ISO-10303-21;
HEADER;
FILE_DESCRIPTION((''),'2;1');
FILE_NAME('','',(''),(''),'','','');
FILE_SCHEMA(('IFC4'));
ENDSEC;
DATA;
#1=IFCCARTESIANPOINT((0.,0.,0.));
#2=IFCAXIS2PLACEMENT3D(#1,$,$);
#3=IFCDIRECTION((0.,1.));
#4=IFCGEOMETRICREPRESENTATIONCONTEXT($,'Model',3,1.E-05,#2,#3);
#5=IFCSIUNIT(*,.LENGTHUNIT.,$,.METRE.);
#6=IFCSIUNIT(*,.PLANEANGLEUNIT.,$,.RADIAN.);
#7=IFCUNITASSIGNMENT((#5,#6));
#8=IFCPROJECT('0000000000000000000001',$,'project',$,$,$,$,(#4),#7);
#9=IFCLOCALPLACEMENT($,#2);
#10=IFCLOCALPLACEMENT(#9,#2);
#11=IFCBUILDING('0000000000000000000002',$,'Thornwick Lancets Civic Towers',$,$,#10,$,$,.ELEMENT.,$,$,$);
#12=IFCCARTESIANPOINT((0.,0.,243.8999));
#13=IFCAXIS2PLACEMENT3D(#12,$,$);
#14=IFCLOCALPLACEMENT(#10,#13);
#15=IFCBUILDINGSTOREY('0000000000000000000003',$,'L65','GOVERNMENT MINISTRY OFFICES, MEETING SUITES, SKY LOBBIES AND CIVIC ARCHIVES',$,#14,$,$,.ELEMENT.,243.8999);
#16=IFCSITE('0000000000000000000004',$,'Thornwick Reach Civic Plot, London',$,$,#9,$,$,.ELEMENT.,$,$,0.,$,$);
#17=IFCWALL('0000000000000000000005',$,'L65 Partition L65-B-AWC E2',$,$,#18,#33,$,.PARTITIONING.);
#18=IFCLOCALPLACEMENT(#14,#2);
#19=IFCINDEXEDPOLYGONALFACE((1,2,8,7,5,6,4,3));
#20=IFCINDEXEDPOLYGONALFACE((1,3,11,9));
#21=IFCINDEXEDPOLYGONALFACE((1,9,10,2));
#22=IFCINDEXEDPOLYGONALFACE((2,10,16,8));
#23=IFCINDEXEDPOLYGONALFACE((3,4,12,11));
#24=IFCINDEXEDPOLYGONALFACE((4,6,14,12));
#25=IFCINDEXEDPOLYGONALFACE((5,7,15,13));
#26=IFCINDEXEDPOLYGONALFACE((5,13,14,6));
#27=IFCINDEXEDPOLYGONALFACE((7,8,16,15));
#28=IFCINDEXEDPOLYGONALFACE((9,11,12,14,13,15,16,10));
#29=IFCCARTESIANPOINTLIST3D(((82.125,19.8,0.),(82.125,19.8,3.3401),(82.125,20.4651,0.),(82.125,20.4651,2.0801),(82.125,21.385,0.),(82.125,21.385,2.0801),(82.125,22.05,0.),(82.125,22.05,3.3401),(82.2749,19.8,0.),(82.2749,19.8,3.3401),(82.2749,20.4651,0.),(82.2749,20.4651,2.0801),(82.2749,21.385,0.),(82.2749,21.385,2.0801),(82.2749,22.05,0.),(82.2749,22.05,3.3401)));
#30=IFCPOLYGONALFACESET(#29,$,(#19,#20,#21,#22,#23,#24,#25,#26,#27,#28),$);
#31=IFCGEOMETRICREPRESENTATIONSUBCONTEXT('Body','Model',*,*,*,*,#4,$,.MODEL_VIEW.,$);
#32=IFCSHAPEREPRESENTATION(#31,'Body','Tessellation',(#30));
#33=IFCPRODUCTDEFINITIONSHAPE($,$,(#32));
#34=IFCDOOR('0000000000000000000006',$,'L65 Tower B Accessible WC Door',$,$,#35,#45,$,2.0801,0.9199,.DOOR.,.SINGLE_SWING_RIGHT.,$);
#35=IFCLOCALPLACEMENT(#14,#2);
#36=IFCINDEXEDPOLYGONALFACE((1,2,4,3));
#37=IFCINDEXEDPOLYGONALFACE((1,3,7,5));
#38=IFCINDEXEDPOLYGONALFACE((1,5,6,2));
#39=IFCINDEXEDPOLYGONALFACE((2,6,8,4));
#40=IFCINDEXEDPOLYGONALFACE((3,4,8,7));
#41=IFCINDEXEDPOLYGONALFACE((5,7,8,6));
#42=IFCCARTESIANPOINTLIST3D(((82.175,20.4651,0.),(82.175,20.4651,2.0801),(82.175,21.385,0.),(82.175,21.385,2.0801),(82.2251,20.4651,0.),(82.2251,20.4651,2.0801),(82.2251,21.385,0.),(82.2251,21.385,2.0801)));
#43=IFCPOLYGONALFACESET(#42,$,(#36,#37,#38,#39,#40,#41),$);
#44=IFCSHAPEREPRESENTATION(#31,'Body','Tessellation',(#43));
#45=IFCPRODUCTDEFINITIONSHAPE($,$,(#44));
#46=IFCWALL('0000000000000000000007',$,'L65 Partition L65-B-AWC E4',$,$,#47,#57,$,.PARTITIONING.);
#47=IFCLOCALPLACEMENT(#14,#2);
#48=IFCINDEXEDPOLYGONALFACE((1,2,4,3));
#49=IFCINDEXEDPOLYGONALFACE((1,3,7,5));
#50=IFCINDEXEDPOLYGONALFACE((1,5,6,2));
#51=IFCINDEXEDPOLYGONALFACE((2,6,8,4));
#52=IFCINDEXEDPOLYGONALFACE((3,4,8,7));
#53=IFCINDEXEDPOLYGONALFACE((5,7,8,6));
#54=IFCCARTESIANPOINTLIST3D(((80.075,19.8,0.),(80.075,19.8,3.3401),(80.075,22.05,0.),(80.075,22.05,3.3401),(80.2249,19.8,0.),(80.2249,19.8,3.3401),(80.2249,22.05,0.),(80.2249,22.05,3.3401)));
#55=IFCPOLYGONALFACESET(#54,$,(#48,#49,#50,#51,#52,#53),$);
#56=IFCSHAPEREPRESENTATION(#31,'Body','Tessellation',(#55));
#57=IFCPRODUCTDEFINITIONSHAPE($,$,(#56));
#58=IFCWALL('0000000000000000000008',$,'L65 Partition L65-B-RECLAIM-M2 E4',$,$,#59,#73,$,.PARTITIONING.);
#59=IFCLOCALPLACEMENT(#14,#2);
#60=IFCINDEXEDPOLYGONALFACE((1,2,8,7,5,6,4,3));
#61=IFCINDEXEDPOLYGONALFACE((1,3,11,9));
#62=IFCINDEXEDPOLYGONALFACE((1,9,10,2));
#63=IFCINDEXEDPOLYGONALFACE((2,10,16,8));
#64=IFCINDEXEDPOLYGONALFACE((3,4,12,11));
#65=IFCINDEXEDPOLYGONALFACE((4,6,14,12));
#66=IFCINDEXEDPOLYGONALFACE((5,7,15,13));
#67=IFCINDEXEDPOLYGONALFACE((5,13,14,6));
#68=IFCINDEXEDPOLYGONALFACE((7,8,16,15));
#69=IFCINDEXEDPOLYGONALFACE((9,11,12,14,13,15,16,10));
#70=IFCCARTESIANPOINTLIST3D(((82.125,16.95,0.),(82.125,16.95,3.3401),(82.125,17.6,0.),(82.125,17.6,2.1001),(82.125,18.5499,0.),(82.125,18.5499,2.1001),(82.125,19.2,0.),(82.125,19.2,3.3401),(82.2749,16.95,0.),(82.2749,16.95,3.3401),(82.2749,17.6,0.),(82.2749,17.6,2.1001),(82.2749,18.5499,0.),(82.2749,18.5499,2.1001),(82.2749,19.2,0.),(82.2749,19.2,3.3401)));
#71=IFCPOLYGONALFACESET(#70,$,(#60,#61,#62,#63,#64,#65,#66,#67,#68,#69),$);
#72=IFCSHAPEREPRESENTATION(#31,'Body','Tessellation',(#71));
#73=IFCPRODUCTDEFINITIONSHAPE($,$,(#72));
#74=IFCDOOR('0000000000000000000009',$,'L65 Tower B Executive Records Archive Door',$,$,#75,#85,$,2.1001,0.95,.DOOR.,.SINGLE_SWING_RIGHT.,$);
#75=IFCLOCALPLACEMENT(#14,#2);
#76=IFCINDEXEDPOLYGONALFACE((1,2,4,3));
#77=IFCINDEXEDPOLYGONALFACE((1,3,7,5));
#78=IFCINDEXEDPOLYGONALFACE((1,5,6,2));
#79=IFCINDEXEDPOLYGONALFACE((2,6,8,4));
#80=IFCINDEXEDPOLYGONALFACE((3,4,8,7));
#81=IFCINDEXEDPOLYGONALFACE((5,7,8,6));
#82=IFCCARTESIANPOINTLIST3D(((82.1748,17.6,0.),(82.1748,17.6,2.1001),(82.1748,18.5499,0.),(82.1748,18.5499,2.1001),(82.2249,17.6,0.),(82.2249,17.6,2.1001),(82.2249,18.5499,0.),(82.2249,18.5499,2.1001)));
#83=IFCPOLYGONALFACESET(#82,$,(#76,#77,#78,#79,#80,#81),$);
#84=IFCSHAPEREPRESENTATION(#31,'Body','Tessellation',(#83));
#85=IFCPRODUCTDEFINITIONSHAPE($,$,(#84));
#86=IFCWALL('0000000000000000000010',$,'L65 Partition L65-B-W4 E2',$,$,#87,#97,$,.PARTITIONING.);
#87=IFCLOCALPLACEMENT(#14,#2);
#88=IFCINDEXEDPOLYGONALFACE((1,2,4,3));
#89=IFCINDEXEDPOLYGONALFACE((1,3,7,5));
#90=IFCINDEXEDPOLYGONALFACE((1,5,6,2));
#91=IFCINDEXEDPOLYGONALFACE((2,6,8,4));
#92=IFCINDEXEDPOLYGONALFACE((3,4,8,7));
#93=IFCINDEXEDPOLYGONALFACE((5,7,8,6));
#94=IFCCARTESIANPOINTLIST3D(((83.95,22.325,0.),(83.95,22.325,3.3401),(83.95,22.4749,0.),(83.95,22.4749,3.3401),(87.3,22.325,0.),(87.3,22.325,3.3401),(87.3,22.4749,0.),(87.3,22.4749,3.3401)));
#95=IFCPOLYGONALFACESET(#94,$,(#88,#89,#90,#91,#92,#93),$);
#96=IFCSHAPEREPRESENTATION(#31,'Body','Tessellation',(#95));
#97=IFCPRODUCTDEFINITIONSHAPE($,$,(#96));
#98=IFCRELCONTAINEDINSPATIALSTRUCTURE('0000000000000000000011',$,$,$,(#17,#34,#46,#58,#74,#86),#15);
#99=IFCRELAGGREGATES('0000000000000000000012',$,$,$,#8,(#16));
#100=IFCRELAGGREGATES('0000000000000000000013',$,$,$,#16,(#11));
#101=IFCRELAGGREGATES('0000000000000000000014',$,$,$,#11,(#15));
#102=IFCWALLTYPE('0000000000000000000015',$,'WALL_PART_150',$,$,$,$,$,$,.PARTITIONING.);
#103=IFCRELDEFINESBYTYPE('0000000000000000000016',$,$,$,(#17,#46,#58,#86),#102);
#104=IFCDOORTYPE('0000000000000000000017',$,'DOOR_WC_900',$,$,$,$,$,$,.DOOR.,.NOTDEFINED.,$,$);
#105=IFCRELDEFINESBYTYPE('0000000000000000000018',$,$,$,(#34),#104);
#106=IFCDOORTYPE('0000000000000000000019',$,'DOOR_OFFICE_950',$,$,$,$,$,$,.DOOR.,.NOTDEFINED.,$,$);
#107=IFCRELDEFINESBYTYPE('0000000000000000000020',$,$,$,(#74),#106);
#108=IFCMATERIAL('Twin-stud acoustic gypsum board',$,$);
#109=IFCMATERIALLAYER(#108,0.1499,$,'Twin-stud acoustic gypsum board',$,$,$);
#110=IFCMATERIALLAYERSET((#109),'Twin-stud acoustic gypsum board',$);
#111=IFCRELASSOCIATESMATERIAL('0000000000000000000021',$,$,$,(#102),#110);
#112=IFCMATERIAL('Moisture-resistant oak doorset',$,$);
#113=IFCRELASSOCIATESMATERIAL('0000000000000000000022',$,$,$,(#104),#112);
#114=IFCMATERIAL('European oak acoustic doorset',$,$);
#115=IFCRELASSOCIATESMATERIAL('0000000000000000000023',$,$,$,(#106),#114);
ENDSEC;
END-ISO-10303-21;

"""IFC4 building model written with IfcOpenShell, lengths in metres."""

from ifc_helpers import new_model, si_unit, direction, frame, frame_2d, origin, place, context, subcontext, project, spatial, rectangle, extrude, material, layer, layer_set, type_object, element, fill, save


model = new_model("IFC4")

# Units and contexts
model_context = context("Model", 3, precision=1e-05, world=origin(), true_north=direction((0.0, 1.0)))
body_context = subcontext(model_context, "Body", "Model", "MODEL_VIEW")
ifc_project = project(units=[si_unit("LENGTHUNIT", "METRE"), si_unit("PLANEANGLEUNIT", "RADIAN")], contexts=[model_context])

# Site, building, storey
site_placement = place(None, origin())
site = spatial("IfcSite", under=ifc_project, at=site_placement, Name="Thornwick Reach Civic Plot, London", CompositionType="ELEMENT", RefElevation=0.0)
building_placement = place(site_placement, origin())
building = spatial("IfcBuilding", under=site, at=building_placement, Name="Thornwick Lancets Civic Towers", CompositionType="ELEMENT")
storey_placement = place(building_placement, frame((0.0, 0.0, 243.8999)))
storey = spatial("IfcBuildingStorey", under=building, at=storey_placement, Name="L65", Description="GOVERNMENT MINISTRY OFFICES, MEETING SUITES, SKY LOBBIES AND CIVIC ARCHIVES", CompositionType="ELEMENT", Elevation=243.8999)

# Wall, opening, door
ifc_material_1 = material(Name="Twin-stud acoustic gypsum board")
ifc_layer_1 = layer(ifc_material_1, 0.1499, Name="Twin-stud acoustic gypsum board")
ifc_layer_set_1 = layer_set([ifc_layer_1], Name="Twin-stud acoustic gypsum board")
wall_type_1 = type_object("IfcWallType", Name="WALL_PART_150", PredefinedType="PARTITIONING", material=ifc_layer_set_1)
wall_1_placement = place(storey_placement, frame((82.2, 19.8, 0.0), z_axis=(0.0, 0.0, 1.0), x_axis=(0.0, 1.0, 0.0)))
wall_1 = element("IfcWall", 1, at=wall_1_placement, inside=storey, type_object=wall_type_1, Name="L65 Partition L65-B-AWC E2", PredefinedType="PARTITIONING", context=body_context, shape_type="SweptSolid", body=[
    extrude(rectangle(XDim=2.25, YDim=0.1499, at=frame_2d((1.125, 0.0))), origin(), (0.0, 0.0, 1.0), 3.3401),
])
opening_1_placement = place(wall_1_placement, frame((0.665, 0.0, 0.0)))
opening_1 = element("IfcOpeningElement", 2, at=opening_1_placement, cuts=wall_1, PredefinedType="OPENING", context=body_context, shape_type="SweptSolid", body=[
    extrude(rectangle(XDim=0.9199, YDim=2.0801, at=frame_2d((0.46, 1.04))), frame((0.0, 0.085, 0.0), z_axis=(0.0, -1.0, 0.0), x_axis=(1.0, 0.0, 0.0)), (0.0, 0.0, 1.0), 0.1699),
])
ifc_material_2 = material(Name="Moisture-resistant oak doorset")
door_type_1 = type_object("IfcDoorType", Name="DOOR_WC_900", OperationType="NOTDEFINED", PredefinedType="DOOR", material=ifc_material_2)
door_1_placement = place(opening_1_placement, origin())
door_1 = element("IfcDoor", 3, at=door_1_placement, inside=storey, type_object=door_type_1, Name="L65 Tower B Accessible WC Door", OperationType="SINGLE_SWING_RIGHT", OverallHeight=2.0801, OverallWidth=0.9199, PredefinedType="DOOR", context=body_context, shape_type="SweptSolid", body=[
    extrude(rectangle(XDim=0.9199, YDim=2.0801, at=frame_2d((0.46, 1.04))), frame((0.0, 0.0249, 0.0), z_axis=(0.0, -1.0, 0.0), x_axis=(1.0, 0.0, 0.0)), (0.0, 0.0, 1.0), 0.05),
])
fill(opening_1, door_1)

# Wall
wall_2_placement = place(storey_placement, frame((80.1499, 22.05, 0.0), z_axis=(0.0, 0.0, 1.0), x_axis=(0.0, -1.0, 0.0)))
element("IfcWall", 4, at=wall_2_placement, inside=storey, type_object=wall_type_1, Name="L65 Partition L65-B-AWC E4", PredefinedType="PARTITIONING", context=body_context, shape_type="SweptSolid", body=[
    extrude(rectangle(XDim=2.25, YDim=0.1499, at=frame_2d((1.125, 0.0))), origin(), (0.0, 0.0, 1.0), 3.3401),
])

# Wall, opening, door
wall_3_placement = place(storey_placement, frame((82.2, 19.2, 0.0), z_axis=(0.0, 0.0, 1.0), x_axis=(0.0, -1.0, 0.0)))
wall_3 = element("IfcWall", 5, at=wall_3_placement, inside=storey, type_object=wall_type_1, Name="L65 Partition L65-B-RECLAIM-M2 E4", PredefinedType="PARTITIONING", context=body_context, shape_type="SweptSolid", body=[
    extrude(rectangle(XDim=2.25, YDim=0.1499, at=frame_2d((1.125, 0.0))), origin(), (0.0, 0.0, 1.0), 3.3401),
])
opening_2_placement = place(wall_3_placement, frame((0.6499, 0.0, 0.0)))
opening_2 = element("IfcOpeningElement", 6, at=opening_2_placement, cuts=wall_3, PredefinedType="OPENING", context=body_context, shape_type="SweptSolid", body=[
    extrude(rectangle(XDim=0.95, YDim=2.1001, at=frame_2d((0.4751, 1.05))), frame((0.0, 0.085, 0.0), z_axis=(0.0, -1.0, 0.0), x_axis=(1.0, 0.0, 0.0)), (0.0, 0.0, 1.0), 0.1699),
])
ifc_material_3 = material(Name="European oak acoustic doorset")
door_type_2 = type_object("IfcDoorType", Name="DOOR_OFFICE_950", OperationType="NOTDEFINED", PredefinedType="DOOR", material=ifc_material_3)
door_2_placement = place(opening_2_placement, origin())
door_2 = element("IfcDoor", 7, at=door_2_placement, inside=storey, type_object=door_type_2, Name="L65 Tower B Executive Records Archive Door", OperationType="SINGLE_SWING_RIGHT", OverallHeight=2.1001, OverallWidth=0.95, PredefinedType="DOOR", context=body_context, shape_type="SweptSolid", body=[
    extrude(rectangle(XDim=0.95, YDim=2.1001, at=frame_2d((0.4751, 1.05))), frame((0.0, 0.0249, 0.0), z_axis=(0.0, -1.0, 0.0), x_axis=(1.0, 0.0, 0.0)), (0.0, 0.0, 1.0), 0.05),
])
fill(opening_2, door_2)

# Wall
wall_4_placement = place(storey_placement, frame((83.95, 22.3999, 0.0), z_axis=(0.0, 0.0, 1.0), x_axis=(1.0, 0.0, 0.0)))
element("IfcWall", 8, at=wall_4_placement, inside=storey, type_object=wall_type_1, Name="L65 Partition L65-B-W4 E2", PredefinedType="PARTITIONING", context=body_context, shape_type="SweptSolid", body=[
    extrude(rectangle(XDim=3.3501, YDim=0.1499, at=frame_2d((1.675, 0.0))), origin(), (0.0, 0.0, 1.0), 3.3401),
])

save(model, "model.ifc")
